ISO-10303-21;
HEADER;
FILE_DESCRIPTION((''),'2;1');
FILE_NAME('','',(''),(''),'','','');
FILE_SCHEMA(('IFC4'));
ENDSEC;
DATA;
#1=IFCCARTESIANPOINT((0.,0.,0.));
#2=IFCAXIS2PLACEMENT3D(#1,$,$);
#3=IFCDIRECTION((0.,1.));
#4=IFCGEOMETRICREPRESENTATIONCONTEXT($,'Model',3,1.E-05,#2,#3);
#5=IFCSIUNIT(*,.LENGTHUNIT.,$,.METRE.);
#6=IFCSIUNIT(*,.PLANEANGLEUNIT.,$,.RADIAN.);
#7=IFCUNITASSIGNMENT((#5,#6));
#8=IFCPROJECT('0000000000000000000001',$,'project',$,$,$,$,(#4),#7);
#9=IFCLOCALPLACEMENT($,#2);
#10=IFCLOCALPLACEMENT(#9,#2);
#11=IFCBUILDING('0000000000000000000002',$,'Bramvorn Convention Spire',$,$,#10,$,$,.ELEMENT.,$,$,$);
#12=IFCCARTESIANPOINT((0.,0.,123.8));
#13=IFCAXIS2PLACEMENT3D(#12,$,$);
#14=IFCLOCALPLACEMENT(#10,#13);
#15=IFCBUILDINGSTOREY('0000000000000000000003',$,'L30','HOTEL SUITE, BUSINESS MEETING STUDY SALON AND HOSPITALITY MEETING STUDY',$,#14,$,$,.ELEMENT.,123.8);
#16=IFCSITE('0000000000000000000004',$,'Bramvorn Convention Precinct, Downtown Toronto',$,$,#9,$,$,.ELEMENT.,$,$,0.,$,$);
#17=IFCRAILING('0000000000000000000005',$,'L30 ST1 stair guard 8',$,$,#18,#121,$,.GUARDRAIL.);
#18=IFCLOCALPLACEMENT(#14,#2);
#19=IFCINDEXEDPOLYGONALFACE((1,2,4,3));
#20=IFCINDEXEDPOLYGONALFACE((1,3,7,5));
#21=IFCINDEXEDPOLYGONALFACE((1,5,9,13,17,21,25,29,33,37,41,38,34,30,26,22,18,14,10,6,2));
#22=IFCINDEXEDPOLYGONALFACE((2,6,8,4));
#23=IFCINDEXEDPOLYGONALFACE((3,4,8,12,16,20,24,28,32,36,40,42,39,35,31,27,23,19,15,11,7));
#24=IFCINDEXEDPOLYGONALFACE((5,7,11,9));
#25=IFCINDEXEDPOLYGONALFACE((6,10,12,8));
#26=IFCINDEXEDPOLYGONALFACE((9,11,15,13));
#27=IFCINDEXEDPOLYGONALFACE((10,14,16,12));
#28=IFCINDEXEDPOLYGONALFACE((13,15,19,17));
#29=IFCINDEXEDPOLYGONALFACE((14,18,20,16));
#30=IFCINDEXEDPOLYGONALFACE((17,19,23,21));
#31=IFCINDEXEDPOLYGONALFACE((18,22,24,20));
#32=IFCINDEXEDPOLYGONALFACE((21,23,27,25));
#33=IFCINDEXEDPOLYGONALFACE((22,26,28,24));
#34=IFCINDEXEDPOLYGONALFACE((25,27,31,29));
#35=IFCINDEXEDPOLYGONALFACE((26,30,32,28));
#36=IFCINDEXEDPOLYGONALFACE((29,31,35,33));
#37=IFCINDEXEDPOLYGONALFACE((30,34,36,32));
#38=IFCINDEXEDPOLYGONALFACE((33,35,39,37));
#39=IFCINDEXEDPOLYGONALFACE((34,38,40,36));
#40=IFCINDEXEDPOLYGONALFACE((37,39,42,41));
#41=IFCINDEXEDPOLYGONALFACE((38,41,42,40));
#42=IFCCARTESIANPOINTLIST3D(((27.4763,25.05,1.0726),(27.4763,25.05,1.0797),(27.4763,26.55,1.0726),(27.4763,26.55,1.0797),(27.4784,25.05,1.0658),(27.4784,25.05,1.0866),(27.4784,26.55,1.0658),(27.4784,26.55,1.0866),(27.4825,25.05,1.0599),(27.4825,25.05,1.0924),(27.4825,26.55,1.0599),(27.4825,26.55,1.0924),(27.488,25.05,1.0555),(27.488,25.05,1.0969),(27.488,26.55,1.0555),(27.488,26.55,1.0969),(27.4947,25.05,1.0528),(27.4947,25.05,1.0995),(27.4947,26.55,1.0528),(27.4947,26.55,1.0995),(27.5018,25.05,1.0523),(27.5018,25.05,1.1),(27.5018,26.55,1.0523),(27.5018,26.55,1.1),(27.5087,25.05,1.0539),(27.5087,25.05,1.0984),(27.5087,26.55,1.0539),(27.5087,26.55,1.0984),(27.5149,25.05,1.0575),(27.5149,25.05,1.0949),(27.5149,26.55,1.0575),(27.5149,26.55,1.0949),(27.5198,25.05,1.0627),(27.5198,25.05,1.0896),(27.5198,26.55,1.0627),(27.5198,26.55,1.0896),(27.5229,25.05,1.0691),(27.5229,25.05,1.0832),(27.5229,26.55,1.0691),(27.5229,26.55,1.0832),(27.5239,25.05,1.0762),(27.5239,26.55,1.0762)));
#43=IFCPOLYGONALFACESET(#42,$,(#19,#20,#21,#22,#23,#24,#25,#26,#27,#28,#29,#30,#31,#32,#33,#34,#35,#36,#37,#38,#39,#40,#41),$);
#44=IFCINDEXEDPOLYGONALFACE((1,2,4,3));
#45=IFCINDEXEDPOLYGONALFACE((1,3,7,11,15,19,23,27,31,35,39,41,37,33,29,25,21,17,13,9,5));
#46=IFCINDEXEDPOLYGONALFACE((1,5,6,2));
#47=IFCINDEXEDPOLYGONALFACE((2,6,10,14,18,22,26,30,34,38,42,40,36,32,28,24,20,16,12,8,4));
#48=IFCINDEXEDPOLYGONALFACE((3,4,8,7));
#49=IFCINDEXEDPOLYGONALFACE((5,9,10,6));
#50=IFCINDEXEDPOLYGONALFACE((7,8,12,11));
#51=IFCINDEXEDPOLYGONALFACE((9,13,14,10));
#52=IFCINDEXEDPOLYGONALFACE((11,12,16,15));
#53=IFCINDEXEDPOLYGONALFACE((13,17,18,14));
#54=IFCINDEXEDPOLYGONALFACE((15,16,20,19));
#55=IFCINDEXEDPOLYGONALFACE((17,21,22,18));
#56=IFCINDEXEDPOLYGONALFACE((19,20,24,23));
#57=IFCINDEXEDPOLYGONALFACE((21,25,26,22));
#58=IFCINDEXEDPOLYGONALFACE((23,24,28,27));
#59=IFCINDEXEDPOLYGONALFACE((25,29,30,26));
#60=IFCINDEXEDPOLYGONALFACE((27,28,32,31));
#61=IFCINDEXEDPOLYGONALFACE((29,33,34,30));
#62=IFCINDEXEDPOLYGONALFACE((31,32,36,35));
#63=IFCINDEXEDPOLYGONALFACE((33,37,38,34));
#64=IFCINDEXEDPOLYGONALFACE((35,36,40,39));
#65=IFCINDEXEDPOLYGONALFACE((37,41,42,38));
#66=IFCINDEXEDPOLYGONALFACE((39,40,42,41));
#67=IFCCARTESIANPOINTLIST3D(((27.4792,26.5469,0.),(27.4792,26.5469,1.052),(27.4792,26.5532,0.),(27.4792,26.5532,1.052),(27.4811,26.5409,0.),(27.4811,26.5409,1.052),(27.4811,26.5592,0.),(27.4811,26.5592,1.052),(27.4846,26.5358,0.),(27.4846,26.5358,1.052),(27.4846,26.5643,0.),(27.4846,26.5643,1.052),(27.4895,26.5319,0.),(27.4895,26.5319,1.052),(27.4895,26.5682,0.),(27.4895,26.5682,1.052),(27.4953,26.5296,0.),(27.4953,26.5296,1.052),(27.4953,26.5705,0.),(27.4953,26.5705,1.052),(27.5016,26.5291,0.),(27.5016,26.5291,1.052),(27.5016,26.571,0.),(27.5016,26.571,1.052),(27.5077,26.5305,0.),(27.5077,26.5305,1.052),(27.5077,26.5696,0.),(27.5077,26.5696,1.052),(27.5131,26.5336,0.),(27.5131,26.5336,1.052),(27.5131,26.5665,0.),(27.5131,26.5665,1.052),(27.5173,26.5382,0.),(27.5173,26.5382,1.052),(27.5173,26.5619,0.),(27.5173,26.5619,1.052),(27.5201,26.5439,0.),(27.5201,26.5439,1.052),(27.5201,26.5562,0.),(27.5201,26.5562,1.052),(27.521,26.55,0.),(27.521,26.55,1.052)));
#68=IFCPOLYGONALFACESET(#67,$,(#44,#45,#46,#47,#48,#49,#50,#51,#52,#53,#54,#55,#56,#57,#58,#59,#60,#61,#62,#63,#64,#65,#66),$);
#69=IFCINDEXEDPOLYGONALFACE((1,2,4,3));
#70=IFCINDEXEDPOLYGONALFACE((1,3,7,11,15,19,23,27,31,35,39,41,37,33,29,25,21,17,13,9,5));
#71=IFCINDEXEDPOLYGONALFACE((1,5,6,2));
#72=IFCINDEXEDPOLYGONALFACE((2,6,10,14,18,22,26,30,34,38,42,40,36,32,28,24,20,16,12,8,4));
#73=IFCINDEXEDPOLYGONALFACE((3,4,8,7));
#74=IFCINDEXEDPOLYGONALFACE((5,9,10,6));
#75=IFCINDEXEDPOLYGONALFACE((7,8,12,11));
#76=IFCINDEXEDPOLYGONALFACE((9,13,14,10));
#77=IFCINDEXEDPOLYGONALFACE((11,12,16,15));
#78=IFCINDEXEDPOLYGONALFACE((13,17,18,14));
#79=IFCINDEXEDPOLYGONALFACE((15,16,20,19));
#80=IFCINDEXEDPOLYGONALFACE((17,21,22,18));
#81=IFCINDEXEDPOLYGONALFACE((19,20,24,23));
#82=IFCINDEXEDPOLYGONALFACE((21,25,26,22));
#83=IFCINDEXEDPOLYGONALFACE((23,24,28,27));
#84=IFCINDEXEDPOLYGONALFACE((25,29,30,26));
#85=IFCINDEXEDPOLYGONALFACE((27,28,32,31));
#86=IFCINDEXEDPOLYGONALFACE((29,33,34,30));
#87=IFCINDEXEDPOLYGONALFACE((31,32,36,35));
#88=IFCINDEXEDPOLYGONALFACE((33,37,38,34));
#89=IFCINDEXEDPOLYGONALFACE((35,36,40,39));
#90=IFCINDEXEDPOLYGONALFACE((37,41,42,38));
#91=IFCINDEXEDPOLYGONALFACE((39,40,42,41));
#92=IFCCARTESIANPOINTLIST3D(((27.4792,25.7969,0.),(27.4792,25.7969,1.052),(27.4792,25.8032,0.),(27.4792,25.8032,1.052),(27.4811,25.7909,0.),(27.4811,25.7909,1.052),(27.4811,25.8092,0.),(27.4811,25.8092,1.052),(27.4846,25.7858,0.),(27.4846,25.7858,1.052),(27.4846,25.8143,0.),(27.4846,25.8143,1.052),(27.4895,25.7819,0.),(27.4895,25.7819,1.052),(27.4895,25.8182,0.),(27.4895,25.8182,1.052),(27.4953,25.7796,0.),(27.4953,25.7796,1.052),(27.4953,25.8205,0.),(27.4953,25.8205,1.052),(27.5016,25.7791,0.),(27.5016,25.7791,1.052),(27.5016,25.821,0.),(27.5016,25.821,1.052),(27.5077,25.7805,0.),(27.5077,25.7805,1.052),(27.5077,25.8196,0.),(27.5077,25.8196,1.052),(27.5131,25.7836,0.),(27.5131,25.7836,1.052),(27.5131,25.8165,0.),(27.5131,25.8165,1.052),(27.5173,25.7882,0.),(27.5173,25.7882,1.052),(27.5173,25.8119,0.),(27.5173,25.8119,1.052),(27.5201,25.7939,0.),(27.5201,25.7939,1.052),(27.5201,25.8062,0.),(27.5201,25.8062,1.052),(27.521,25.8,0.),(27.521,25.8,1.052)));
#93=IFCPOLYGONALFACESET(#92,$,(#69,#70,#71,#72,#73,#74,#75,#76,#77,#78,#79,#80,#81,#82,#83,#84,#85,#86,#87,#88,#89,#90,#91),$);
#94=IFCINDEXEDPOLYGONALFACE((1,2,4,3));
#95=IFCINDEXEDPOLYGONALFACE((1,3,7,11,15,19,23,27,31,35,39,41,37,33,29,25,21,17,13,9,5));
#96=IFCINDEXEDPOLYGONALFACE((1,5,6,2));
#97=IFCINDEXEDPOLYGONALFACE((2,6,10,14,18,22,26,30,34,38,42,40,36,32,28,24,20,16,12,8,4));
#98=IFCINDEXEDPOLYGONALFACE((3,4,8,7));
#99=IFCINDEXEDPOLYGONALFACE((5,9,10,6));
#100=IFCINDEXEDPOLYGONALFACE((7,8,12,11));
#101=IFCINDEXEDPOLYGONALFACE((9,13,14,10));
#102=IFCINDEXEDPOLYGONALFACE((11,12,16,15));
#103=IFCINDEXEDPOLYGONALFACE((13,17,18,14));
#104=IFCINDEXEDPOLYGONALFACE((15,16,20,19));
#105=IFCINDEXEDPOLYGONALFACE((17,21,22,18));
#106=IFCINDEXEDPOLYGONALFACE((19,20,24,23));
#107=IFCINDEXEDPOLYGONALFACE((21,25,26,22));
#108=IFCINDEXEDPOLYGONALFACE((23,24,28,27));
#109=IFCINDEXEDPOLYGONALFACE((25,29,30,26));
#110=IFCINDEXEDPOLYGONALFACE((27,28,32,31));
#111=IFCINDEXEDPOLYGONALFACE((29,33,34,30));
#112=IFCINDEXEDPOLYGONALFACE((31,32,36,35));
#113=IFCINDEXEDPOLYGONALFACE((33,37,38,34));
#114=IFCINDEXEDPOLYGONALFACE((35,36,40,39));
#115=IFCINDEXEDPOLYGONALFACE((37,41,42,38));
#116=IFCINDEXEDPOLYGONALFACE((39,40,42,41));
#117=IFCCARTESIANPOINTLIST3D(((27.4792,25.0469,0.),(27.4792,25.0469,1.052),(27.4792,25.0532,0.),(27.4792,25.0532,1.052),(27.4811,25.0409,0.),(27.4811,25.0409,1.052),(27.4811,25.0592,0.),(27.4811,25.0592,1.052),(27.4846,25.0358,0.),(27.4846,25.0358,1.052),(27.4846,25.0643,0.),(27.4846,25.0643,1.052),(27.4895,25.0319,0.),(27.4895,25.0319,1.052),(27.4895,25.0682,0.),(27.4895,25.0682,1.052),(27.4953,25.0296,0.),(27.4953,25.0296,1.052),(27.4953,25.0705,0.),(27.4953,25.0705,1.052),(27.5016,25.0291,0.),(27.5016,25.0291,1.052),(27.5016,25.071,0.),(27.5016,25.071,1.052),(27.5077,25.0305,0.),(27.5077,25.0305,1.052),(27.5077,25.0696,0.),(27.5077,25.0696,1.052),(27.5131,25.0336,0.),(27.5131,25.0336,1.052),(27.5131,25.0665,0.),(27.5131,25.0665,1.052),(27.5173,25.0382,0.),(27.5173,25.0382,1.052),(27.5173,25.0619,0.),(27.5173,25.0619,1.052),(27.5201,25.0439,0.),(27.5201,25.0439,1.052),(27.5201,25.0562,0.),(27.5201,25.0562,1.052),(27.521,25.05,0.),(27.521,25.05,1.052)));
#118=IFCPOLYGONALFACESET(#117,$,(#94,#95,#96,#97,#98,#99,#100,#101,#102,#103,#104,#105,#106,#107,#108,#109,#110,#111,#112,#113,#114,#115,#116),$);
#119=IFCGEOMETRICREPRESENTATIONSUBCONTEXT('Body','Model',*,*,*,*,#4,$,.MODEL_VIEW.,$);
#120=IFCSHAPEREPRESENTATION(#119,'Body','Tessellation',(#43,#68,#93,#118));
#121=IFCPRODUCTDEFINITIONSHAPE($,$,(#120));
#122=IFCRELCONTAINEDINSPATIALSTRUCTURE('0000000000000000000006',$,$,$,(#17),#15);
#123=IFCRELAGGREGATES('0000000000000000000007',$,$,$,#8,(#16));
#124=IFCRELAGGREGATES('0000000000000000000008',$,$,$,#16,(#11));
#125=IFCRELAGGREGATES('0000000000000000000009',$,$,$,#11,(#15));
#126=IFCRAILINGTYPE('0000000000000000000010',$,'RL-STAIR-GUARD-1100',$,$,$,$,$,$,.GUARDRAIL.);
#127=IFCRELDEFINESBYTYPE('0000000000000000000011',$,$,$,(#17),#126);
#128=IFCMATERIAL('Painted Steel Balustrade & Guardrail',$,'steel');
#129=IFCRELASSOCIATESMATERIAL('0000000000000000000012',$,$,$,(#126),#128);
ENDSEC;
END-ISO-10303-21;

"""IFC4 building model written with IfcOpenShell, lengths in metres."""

from ifc_helpers import new_model, si_unit, direction, frame, origin, origin_2d, place, context, subcontext, project, spatial, circle, extrude, material, type_object, element, save


model = new_model("IFC4")

# Units and contexts
model_context = context("Model", 3, precision=1e-05, world=origin(), true_north=direction((0.0, 1.0)))
body_context = subcontext(model_context, "Body", "Model", "MODEL_VIEW")
ifc_project = project(units=[si_unit("LENGTHUNIT", "METRE"), si_unit("PLANEANGLEUNIT", "RADIAN")], contexts=[model_context])

# Site, building, storey
site_placement = place(None, origin())
site = spatial("IfcSite", under=ifc_project, at=site_placement, Name="Bramvorn Convention Precinct, Downtown Toronto", CompositionType="ELEMENT", RefElevation=0.0)
building_placement = place(site_placement, origin())
building = spatial("IfcBuilding", under=site, at=building_placement, Name="Bramvorn Convention Spire", CompositionType="ELEMENT")
storey_placement = place(building_placement, frame((0.0, 0.0, 123.8)))
storey = spatial("IfcBuildingStorey", under=building, at=storey_placement, Name="L30", Description="HOTEL SUITE, BUSINESS MEETING STUDY SALON AND HOSPITALITY MEETING STUDY", CompositionType="ELEMENT", Elevation=123.8)

# Railing
ifc_material_1 = material(Name="Painted Steel Balustrade & Guardrail", Category="steel")
railing_type_1 = type_object("IfcRailingType", Name="RL-STAIR-GUARD-1100", PredefinedType="GUARDRAIL", material=ifc_material_1)
railing_1_placement = place(storey_placement, frame((27.5, 26.55, 0.0)))
element("IfcRailing", 1, at=railing_1_placement, inside=storey, type_object=railing_type_1, Name="L30 ST1 stair guard 8", PredefinedType="GUARDRAIL", context=body_context, shape_type="SweptSolid", body=[
    extrude(circle(Radius=0.0239, at=origin_2d()), frame((0.0, 0.0, 1.0762), z_axis=(0.0, -1.0, 0.0), x_axis=(1.0, 0.0, 0.0)), (0.0, 0.0, 1.0), 1.5),
    extrude(circle(Radius=0.021, at=origin_2d()), origin(), (0.0, 0.0, 1.0), 1.052),
    extrude(circle(Radius=0.021, at=origin_2d()), frame((0.0, -0.75, 0.0)), (0.0, 0.0, 1.0), 1.052),
    extrude(circle(Radius=0.021, at=origin_2d()), frame((0.0, -1.5, 0.0)), (0.0, 0.0, 1.0), 1.052),
])

save(model, "model.ifc")
